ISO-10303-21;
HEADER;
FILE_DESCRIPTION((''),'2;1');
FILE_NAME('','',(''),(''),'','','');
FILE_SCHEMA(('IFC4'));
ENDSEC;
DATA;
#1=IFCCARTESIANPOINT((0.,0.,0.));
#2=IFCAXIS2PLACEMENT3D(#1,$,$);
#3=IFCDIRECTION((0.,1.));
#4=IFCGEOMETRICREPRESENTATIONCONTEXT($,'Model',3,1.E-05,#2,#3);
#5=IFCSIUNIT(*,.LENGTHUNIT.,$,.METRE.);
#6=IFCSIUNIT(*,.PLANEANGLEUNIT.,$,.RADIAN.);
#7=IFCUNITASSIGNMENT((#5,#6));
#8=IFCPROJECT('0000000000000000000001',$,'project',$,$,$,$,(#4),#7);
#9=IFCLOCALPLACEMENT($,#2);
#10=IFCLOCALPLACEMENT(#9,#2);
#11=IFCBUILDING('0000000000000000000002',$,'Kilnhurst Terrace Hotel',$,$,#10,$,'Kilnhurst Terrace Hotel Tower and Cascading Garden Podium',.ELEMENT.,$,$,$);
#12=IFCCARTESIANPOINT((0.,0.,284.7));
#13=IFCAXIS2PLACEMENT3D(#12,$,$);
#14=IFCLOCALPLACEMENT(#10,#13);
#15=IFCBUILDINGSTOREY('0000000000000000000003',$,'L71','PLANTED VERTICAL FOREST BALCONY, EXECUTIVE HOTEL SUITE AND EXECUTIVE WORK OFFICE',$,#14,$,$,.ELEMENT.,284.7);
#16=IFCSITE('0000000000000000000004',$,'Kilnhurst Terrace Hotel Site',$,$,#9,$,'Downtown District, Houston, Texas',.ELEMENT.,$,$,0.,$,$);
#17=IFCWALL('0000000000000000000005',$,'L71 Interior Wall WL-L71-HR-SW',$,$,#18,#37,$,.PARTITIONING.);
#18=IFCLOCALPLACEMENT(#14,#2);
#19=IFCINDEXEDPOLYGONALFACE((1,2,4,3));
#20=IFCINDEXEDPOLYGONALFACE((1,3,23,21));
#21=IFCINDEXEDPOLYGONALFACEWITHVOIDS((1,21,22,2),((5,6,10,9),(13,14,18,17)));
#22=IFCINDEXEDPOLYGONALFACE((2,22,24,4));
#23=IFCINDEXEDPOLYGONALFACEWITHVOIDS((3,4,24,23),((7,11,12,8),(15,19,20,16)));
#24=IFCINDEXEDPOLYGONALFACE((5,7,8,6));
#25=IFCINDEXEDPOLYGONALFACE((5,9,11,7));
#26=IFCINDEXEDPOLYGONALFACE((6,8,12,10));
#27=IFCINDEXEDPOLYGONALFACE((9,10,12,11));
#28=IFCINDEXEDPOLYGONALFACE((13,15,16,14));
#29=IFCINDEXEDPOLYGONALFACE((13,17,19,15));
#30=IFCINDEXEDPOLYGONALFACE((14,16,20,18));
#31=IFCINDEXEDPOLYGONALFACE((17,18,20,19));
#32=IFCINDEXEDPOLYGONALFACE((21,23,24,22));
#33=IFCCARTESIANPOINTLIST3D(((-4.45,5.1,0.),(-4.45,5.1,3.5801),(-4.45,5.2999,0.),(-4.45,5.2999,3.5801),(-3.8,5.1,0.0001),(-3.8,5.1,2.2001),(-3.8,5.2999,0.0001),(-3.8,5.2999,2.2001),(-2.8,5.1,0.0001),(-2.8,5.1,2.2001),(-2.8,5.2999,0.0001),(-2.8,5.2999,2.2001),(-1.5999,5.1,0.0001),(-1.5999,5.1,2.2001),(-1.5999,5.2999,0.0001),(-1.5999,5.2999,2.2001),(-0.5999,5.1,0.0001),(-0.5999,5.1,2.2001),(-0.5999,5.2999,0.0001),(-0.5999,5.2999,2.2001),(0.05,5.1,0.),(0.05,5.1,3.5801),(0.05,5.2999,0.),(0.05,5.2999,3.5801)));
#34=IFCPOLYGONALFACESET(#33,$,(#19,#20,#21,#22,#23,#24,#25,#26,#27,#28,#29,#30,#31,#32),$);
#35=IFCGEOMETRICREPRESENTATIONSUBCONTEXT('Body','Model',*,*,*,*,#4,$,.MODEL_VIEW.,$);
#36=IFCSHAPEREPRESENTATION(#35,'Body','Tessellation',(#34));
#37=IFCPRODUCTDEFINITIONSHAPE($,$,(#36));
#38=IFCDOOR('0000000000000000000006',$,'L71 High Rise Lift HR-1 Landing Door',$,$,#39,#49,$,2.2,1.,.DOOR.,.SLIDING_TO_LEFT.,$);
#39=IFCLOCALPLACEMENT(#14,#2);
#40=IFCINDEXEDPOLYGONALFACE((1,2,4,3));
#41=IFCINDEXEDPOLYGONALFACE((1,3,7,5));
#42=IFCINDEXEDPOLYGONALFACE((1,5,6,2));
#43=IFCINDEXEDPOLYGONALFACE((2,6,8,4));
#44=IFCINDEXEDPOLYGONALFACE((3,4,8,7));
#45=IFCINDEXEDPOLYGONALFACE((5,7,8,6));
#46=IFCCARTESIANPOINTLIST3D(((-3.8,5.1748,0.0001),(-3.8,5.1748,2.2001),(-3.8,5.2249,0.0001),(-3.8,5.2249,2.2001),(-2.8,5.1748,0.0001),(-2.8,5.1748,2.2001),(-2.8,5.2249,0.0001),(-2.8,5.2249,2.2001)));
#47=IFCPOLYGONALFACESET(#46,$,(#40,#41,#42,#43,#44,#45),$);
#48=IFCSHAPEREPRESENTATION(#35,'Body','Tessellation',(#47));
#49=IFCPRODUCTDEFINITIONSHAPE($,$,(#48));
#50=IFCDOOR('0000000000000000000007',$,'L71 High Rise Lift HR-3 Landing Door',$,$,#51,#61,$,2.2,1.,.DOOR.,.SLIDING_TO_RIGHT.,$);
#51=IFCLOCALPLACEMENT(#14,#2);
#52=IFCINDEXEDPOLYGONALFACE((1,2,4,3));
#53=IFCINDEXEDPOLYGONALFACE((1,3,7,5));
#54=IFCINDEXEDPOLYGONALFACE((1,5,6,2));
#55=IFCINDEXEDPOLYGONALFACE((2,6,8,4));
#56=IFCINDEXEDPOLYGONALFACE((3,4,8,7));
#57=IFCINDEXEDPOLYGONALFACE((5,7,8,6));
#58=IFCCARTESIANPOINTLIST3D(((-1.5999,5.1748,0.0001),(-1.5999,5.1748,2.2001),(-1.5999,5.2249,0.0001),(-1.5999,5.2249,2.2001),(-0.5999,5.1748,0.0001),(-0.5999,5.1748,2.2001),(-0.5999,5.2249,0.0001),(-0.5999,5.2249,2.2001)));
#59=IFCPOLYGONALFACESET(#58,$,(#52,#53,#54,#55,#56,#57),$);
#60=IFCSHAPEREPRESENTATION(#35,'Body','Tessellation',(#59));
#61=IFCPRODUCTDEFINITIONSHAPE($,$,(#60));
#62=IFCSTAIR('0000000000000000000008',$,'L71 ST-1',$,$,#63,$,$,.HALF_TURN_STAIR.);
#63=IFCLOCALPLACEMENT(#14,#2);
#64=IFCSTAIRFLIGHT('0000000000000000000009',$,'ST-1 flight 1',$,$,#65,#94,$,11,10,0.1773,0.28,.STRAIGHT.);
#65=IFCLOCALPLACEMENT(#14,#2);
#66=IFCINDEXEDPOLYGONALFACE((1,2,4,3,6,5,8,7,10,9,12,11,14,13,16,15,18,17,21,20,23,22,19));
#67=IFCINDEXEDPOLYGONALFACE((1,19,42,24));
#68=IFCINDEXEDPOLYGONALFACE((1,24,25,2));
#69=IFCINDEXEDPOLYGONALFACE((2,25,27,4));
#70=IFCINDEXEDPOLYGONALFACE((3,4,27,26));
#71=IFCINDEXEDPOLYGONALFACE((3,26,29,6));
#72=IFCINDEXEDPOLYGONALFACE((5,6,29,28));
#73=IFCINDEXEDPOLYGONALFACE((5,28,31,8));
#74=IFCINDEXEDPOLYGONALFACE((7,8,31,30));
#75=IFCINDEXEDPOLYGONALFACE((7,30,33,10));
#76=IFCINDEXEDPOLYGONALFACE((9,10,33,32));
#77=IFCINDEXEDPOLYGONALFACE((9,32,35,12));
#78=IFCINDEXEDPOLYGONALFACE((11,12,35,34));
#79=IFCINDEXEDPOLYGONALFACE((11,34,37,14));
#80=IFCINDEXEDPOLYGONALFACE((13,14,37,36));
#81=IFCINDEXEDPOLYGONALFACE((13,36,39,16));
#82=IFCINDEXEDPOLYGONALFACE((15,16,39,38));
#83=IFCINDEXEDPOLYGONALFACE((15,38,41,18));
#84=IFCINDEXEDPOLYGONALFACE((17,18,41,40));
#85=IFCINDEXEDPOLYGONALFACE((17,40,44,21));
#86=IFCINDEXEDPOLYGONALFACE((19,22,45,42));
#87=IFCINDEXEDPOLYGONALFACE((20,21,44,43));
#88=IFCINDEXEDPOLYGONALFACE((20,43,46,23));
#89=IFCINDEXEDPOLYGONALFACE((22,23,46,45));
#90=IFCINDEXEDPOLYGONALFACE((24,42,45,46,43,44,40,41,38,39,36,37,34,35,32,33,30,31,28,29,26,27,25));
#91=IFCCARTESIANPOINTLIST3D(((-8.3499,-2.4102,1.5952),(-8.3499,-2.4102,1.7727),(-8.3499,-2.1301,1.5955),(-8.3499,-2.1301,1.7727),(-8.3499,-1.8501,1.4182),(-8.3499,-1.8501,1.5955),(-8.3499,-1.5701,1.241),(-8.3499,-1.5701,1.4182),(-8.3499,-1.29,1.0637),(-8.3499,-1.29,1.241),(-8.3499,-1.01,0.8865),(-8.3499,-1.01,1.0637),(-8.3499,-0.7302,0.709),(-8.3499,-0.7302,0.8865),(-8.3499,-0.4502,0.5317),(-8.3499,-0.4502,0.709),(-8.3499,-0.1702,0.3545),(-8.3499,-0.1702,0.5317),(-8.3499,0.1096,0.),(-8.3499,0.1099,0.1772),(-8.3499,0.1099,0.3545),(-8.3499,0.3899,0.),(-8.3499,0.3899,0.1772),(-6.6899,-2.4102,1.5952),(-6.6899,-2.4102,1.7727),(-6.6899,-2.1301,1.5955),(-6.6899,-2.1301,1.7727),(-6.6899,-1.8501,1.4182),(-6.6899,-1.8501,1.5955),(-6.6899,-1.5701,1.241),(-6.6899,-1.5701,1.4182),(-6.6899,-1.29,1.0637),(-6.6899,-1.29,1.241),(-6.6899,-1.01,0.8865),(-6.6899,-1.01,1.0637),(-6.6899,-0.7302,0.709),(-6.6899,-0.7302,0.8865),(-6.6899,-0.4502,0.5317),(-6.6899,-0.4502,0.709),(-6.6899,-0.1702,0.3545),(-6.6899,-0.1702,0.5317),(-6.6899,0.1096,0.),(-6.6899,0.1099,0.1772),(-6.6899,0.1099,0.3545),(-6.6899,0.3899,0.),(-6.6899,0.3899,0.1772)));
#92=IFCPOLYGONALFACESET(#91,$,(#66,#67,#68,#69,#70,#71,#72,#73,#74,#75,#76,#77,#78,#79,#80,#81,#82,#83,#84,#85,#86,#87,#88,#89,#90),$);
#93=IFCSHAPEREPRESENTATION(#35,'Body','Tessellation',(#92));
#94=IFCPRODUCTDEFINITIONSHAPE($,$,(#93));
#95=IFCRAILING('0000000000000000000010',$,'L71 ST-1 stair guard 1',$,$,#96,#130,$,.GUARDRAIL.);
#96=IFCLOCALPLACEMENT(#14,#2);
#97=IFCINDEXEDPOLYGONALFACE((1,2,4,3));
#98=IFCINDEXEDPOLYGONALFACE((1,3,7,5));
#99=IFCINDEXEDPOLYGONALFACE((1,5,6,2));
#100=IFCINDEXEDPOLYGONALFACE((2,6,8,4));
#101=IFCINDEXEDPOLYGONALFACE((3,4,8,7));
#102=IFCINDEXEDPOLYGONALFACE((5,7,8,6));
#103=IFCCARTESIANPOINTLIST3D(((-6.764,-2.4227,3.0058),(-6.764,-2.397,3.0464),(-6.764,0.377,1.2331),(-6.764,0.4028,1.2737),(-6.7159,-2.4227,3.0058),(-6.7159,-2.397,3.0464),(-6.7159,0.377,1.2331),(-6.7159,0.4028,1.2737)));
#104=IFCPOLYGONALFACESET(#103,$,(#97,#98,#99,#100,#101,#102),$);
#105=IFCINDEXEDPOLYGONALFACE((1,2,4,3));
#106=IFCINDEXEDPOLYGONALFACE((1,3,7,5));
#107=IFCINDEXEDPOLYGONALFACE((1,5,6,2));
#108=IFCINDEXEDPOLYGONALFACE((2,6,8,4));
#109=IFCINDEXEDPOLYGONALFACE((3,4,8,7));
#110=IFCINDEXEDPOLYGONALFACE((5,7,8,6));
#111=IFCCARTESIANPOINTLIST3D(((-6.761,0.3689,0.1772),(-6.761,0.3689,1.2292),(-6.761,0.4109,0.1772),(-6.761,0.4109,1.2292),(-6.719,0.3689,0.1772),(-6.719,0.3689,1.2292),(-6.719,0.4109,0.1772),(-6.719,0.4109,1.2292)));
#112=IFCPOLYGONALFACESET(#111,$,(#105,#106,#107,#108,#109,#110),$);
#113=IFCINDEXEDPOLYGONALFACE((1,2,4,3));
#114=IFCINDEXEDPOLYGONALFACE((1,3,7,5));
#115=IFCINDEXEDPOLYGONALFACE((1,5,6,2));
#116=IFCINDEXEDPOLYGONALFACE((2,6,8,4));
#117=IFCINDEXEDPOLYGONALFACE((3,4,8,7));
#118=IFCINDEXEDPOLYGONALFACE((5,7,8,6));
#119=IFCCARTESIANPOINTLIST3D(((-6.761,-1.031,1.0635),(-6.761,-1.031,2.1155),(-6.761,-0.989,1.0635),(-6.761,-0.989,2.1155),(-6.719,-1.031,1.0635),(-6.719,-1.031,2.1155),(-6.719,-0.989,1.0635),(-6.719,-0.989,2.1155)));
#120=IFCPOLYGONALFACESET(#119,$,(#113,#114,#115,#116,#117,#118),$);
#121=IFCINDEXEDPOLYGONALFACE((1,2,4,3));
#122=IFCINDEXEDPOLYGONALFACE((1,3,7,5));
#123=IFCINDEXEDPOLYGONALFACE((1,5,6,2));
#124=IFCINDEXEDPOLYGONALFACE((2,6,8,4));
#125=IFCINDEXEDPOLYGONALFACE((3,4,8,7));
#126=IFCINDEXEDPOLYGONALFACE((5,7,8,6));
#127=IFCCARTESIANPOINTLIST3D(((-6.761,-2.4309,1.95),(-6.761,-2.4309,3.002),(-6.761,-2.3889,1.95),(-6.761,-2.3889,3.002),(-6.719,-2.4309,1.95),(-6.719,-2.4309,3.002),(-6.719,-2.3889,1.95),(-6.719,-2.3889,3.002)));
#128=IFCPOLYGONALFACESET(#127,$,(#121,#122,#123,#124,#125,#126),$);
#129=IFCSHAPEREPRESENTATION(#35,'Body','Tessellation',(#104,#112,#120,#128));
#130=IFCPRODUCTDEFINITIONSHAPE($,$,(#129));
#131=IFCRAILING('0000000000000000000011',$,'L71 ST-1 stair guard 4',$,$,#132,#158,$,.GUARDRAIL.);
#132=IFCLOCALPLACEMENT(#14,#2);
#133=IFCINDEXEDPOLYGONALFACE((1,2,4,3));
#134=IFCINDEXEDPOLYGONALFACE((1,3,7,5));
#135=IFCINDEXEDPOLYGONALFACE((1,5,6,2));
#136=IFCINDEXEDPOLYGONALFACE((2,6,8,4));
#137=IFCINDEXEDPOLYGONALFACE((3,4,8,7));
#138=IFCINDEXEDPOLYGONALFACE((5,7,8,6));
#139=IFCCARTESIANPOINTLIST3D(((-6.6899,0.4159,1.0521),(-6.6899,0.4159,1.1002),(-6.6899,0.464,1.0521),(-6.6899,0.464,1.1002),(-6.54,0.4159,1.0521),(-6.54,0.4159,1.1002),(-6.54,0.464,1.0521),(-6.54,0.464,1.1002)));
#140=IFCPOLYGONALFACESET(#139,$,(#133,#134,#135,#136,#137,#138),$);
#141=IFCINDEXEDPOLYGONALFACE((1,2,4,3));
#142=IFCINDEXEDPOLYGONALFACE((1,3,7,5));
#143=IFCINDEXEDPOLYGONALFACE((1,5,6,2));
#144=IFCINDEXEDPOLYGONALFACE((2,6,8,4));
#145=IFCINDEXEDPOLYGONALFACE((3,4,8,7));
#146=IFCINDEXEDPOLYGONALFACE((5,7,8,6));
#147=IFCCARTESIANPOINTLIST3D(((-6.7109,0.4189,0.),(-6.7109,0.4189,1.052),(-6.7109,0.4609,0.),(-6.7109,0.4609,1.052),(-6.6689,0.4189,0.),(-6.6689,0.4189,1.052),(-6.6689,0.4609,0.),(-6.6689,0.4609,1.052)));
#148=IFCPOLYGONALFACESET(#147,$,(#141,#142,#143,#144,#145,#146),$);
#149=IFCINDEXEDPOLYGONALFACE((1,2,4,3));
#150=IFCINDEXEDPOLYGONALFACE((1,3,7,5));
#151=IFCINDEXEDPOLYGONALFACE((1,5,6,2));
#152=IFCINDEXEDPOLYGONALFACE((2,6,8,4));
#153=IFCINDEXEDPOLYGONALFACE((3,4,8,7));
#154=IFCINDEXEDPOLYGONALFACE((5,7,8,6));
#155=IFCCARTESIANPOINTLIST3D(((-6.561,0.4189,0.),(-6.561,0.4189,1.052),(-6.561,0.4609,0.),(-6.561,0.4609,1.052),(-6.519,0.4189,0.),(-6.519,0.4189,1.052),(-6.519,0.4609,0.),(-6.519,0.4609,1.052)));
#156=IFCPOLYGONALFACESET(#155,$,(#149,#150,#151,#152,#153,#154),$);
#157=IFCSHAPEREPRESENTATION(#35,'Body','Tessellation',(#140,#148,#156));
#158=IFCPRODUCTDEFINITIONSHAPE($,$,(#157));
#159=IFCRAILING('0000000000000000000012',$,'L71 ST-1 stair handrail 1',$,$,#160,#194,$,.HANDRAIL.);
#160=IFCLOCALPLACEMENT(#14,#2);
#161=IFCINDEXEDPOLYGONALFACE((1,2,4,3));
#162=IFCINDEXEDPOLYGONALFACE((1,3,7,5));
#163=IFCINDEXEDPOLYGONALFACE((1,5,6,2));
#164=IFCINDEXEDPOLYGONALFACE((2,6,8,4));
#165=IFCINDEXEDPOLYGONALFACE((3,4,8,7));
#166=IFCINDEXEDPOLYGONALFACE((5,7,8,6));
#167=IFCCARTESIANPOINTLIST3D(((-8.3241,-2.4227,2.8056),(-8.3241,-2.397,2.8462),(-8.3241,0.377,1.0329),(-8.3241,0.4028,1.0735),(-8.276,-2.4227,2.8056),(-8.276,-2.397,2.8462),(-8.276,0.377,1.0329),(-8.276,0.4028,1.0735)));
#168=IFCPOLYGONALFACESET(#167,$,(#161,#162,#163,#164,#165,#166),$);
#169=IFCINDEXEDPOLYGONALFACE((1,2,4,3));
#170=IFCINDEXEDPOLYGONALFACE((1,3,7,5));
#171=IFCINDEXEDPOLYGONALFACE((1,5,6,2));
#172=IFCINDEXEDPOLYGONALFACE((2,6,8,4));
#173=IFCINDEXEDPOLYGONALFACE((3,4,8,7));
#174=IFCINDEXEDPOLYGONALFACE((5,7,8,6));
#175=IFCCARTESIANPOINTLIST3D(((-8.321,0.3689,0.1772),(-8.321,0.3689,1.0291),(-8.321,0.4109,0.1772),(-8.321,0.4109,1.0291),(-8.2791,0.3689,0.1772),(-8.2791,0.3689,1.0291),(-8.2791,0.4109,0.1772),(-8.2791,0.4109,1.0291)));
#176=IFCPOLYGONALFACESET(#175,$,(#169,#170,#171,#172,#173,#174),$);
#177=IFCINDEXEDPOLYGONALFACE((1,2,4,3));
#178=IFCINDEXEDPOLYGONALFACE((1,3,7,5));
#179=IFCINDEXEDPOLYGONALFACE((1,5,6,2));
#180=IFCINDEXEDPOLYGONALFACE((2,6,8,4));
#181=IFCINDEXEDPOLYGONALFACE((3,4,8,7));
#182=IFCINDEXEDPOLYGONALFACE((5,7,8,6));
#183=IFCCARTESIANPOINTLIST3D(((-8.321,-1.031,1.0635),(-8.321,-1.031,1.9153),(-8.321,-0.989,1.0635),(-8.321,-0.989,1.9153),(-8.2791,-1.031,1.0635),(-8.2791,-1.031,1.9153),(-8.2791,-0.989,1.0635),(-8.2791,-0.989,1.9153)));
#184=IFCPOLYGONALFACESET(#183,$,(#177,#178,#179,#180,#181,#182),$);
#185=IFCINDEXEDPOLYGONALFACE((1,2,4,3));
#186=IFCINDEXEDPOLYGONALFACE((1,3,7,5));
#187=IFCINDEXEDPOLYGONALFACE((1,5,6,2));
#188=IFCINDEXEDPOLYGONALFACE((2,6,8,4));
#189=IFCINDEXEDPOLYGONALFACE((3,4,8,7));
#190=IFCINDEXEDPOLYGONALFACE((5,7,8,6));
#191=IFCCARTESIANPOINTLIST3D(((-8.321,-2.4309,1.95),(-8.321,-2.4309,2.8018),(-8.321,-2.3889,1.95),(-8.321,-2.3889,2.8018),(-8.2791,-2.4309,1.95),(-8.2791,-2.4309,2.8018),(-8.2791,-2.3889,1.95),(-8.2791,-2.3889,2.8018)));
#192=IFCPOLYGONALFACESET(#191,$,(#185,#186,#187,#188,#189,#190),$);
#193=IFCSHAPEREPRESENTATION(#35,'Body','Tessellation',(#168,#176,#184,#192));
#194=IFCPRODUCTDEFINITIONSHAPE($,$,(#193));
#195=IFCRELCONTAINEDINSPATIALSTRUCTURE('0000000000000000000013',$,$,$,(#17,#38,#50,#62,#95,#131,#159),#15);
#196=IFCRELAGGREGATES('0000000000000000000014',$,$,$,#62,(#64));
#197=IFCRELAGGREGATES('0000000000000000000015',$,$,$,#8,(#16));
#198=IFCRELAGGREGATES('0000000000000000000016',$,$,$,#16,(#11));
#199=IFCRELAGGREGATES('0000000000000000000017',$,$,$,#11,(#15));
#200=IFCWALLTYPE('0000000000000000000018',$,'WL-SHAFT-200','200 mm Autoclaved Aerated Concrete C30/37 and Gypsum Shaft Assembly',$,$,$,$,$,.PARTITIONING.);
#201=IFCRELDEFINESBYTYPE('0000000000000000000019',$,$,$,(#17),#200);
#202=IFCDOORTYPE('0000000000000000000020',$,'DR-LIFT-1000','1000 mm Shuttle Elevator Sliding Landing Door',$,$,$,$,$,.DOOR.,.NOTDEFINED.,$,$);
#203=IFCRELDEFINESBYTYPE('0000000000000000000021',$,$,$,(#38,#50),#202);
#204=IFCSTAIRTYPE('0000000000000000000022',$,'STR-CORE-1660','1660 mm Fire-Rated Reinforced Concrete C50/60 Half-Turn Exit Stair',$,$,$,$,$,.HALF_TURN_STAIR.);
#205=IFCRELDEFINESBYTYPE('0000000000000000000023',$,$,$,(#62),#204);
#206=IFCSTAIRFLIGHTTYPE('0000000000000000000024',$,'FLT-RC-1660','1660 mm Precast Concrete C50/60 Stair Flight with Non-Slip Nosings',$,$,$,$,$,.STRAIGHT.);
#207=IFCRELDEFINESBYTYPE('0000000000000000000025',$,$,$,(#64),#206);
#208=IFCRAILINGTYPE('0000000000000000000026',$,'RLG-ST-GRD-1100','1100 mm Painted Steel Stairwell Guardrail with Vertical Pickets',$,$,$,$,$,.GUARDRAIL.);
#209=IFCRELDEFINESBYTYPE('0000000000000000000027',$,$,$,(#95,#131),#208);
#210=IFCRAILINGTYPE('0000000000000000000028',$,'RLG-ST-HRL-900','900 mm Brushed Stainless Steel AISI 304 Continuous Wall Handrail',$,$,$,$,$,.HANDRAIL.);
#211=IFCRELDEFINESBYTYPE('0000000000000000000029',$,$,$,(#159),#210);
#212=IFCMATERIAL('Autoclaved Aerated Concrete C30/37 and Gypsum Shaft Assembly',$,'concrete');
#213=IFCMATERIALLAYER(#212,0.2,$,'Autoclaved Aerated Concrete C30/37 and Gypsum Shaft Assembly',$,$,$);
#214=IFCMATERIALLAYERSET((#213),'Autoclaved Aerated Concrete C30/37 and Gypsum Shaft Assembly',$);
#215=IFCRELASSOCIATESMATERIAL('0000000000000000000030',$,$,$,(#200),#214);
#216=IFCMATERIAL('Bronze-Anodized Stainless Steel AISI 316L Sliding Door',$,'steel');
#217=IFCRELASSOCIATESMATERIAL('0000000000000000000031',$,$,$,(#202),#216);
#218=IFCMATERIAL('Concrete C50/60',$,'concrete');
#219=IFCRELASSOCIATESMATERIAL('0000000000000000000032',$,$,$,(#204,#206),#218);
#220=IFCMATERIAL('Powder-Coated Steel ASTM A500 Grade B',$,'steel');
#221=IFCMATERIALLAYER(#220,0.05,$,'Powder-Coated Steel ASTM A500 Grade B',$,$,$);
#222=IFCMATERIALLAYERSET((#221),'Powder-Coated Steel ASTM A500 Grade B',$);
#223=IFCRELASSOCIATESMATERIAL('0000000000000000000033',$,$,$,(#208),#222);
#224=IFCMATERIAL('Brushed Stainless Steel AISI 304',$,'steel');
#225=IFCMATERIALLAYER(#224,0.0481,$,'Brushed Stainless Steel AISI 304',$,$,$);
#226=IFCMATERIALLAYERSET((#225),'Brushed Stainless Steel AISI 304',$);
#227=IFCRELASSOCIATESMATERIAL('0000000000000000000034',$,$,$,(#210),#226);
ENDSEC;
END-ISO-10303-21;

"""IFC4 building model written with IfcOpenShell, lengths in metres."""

from ifc_helpers import new_model, si_unit, direction, frame, frame_2d, origin, origin_2d, place, context, subcontext, project, spatial, polyline, rectangle, outline, extrude, material, layer, layer_set, type_object, element, fill, aggregate, save


model = new_model("IFC4")

# Units and contexts
model_context = context("Model", 3, precision=1e-05, world=origin(), true_north=direction((0.0, 1.0)))
body_context = subcontext(model_context, "Body", "Model", "MODEL_VIEW")
ifc_project = project(units=[si_unit("LENGTHUNIT", "METRE"), si_unit("PLANEANGLEUNIT", "RADIAN")], contexts=[model_context])

# Site, building, storey
site_placement = place(None, origin())
site = spatial("IfcSite", under=ifc_project, at=site_placement, Name="Kilnhurst Terrace Hotel Site", LongName="Downtown District, Houston, Texas", CompositionType="ELEMENT", RefElevation=0.0)
building_placement = place(site_placement, origin())
building = spatial("IfcBuilding", under=site, at=building_placement, Name="Kilnhurst Terrace Hotel", LongName="Kilnhurst Terrace Hotel Tower and Cascading Garden Podium", CompositionType="ELEMENT")
storey_placement = place(building_placement, frame((0.0, 0.0, 284.7)))
storey = spatial("IfcBuildingStorey", under=building, at=storey_placement, Name="L71", Description="PLANTED VERTICAL FOREST BALCONY, EXECUTIVE HOTEL SUITE AND EXECUTIVE WORK OFFICE", CompositionType="ELEMENT", Elevation=284.7)

# Shared definitions
ifc_material_1 = material(Name="Concrete C50/60", Category="concrete")

# Wall, openings, doors
ifc_material_2 = material(Name="Autoclaved Aerated Concrete C30/37 and Gypsum Shaft Assembly", Category="concrete")
ifc_layer_1 = layer(ifc_material_2, 0.2, Name="Autoclaved Aerated Concrete C30/37 and Gypsum Shaft Assembly")
ifc_layer_set_1 = layer_set([ifc_layer_1], Name="Autoclaved Aerated Concrete C30/37 and Gypsum Shaft Assembly")
wall_type_1 = type_object("IfcWallType", Name="WL-SHAFT-200", Description="200 mm Autoclaved Aerated Concrete C30/37 and Gypsum Shaft Assembly", PredefinedType="PARTITIONING", material=ifc_layer_set_1)
ifc_material_3 = material(Name="Bronze-Anodized Stainless Steel AISI 316L Sliding Door", Category="steel")
wall_1_placement = place(storey_placement, frame((-4.45, 5.2, 0.0), z_axis=(0.0, 0.0, 1.0), x_axis=(1.0, 0.0, 0.0)))
wall_1 = element("IfcWall", 1, at=wall_1_placement, inside=storey, type_object=wall_type_1, Name="L71 Interior Wall WL-L71-HR-SW", PredefinedType="PARTITIONING", context=body_context, shape_type="SweptSolid", body=[
    extrude(rectangle(XDim=4.5, YDim=0.2, at=frame_2d((2.25, 0.0))), origin(), (0.0, 0.0, 1.0), 3.5801),
])
opening_1_placement = place(wall_1_placement, frame((0.6499, 0.0, 0.0)))
opening_1 = element("IfcOpeningElement", 2, at=opening_1_placement, cuts=wall_1, PredefinedType="OPENING", context=body_context, shape_type="SweptSolid", body=[
    extrude(rectangle(XDim=1.0, YDim=2.2, at=frame_2d((0.5, 1.1001))), frame((0.0, 0.1099, 0.0), z_axis=(0.0, -1.0, 0.0), x_axis=(1.0, 0.0, 0.0)), (0.0, 0.0, 1.0), 0.22),
])
opening_2_placement = place(wall_1_placement, frame((2.8501, 0.0, 0.0)))
opening_2 = element("IfcOpeningElement", 3, at=opening_2_placement, cuts=wall_1, PredefinedType="OPENING", context=body_context, shape_type="SweptSolid", body=[
    extrude(rectangle(XDim=1.0, YDim=2.2, at=frame_2d((0.5, 1.1001))), frame((0.0, 0.1099, 0.0), z_axis=(0.0, -1.0, 0.0), x_axis=(1.0, 0.0, 0.0)), (0.0, 0.0, 1.0), 0.22),
])
door_type_1 = type_object("IfcDoorType", Name="DR-LIFT-1000", Description="1000 mm Shuttle Elevator Sliding Landing Door", OperationType="NOTDEFINED", PredefinedType="DOOR", material=ifc_material_3)
door_1_placement = place(opening_1_placement, origin())
door_1 = element("IfcDoor", 4, at=door_1_placement, inside=storey, type_object=door_type_1, Name="L71 High Rise Lift HR-1 Landing Door", OperationType="SLIDING_TO_LEFT", OverallHeight=2.2, OverallWidth=1.0, PredefinedType="DOOR", context=body_context, shape_type="SweptSolid", body=[
    extrude(rectangle(XDim=1.0, YDim=2.2, at=frame_2d((0.5, 1.1001))), frame((0.0, 0.0249, 0.0), z_axis=(0.0, -1.0, 0.0), x_axis=(1.0, 0.0, 0.0)), (0.0, 0.0, 1.0), 0.05),
])
fill(opening_1, door_1)
door_2_placement = place(opening_2_placement, origin())
door_2 = element("IfcDoor", 5, at=door_2_placement, inside=storey, type_object=door_type_1, Name="L71 High Rise Lift HR-3 Landing Door", OperationType="SLIDING_TO_RIGHT", OverallHeight=2.2, OverallWidth=1.0, PredefinedType="DOOR", context=body_context, shape_type="SweptSolid", body=[
    extrude(rectangle(XDim=1.0, YDim=2.2, at=frame_2d((0.5, 1.1001))), frame((0.0, 0.0249, 0.0), z_axis=(0.0, -1.0, 0.0), x_axis=(1.0, 0.0, 0.0)), (0.0, 0.0, 1.0), 0.05),
])
fill(opening_2, door_2)

# Stair, stair flight
stair_type = type_object("IfcStairType", Name="STR-CORE-1660", Description="1660 mm Fire-Rated Reinforced Concrete C50/60 Half-Turn Exit Stair", PredefinedType="HALF_TURN_STAIR", material=ifc_material_1)
stair_placement = place(storey_placement, origin())
stair = element("IfcStair", 6, at=stair_placement, inside=storey, type_object=stair_type, Name="L71 ST-1", PredefinedType="HALF_TURN_STAIR")
stair_flight_type = type_object("IfcStairFlightType", Name="FLT-RC-1660", Description="1660 mm Precast Concrete C50/60 Stair Flight with Non-Slip Nosings", PredefinedType="STRAIGHT", material=ifc_material_1)
stair_flight_placement = place(storey_placement, frame((-7.52, 0.3899, 0.0), z_axis=(0.0, 0.0, 1.0), x_axis=(0.0, -1.0, 0.0)))
stair_flight = element("IfcStairFlight", 7, at=stair_flight_placement, type_object=stair_flight_type, Name="ST-1 flight 1", NumberOfRisers=11, NumberOfTreads=10, PredefinedType="STRAIGHT", RiserHeight=0.1773, TreadLength=0.28, context=body_context, shape_type="SweptSolid", body=[
    extrude(outline(polyline([(0.0, 0.0), (0.0, 0.1772), (0.28, 0.1772), (0.28, 0.3545), (0.5601, 0.3545), (0.5601, 0.5317), (0.8401, 0.5317), (0.8401, 0.709), (1.1201, 0.709), (1.1201, 0.8865), (1.3999, 0.8865), (1.3999, 1.0637), (1.6799, 1.0637), (1.6799, 1.241), (1.96, 1.241), (1.96, 1.4182), (2.24, 1.4182), (2.24, 1.5955), (2.52, 1.5955), (2.52, 1.7727), (2.8, 1.7727), (2.8, 1.95), (2.8, 1.5952), (0.2803, 0.0), (0.0, 0.0)])), frame((0.0, 0.8301, 0.0), z_axis=(0.0, -1.0, 0.0), x_axis=(1.0, 0.0, 0.0)), (0.0, 0.0, 1.0), 1.6599),
])
aggregate(stair, [stair_flight])

# Railings
ifc_material_4 = material(Name="Powder-Coated Steel ASTM A500 Grade B", Category="steel")
ifc_layer_2 = layer(ifc_material_4, 0.05, Name="Powder-Coated Steel ASTM A500 Grade B")
ifc_layer_set_2 = layer_set([ifc_layer_2], Name="Powder-Coated Steel ASTM A500 Grade B")
railing_type_1 = type_object("IfcRailingType", Name="RLG-ST-GRD-1100", Description="1100 mm Painted Steel Stairwell Guardrail with Vertical Pickets", PredefinedType="GUARDRAIL", material=ifc_layer_set_2)
railing_1_placement = place(storey_placement, frame((-6.74, 0.3899, 0.1772)))
element("IfcRailing", 8, at=railing_1_placement, inside=storey, type_object=railing_type_1, Name="L71 ST-1 stair guard 1", PredefinedType="GUARDRAIL", context=body_context, shape_type="SweptSolid", body=[
    extrude(rectangle(XDim=0.0481, YDim=0.0481, at=origin_2d()), frame((0.0, 0.0, 1.0762), z_axis=(0.0, -0.844888, 0.534943), x_axis=(1.0, 0.0, 0.0)), (0.0, 0.0, 1.0), 3.3137),
    extrude(rectangle(XDim=0.042, YDim=0.042, at=origin_2d()), origin(), (0.0, 0.0, 1.0), 1.052),
    extrude(rectangle(XDim=0.042, YDim=0.042, at=origin_2d()), frame((0.0, -1.3999, 0.8862)), (0.0, 0.0, 1.0), 1.052),
    extrude(rectangle(XDim=0.042, YDim=0.042, at=origin_2d()), frame((0.0, -2.7998, 1.7727)), (0.0, 0.0, 1.0), 1.052),
])
railing_2_placement = place(storey_placement, frame((-6.6899, 0.4399, 0.0)))
element("IfcRailing", 9, at=railing_2_placement, inside=storey, type_object=railing_type_1, Name="L71 ST-1 stair guard 4", PredefinedType="GUARDRAIL", context=body_context, shape_type="SweptSolid", body=[
    extrude(rectangle(XDim=0.0481, YDim=0.0481, at=origin_2d()), frame((0.0, 0.0, 1.0762), z_axis=(1.0, 0.0, 0.0), x_axis=(0.0, 1.0, 0.0)), (0.0, 0.0, 1.0), 0.1499),
    extrude(rectangle(XDim=0.042, YDim=0.042, at=origin_2d()), origin(), (0.0, 0.0, 1.0), 1.052),
    extrude(rectangle(XDim=0.042, YDim=0.042, at=origin_2d()), frame((0.1499, 0.0, 0.0)), (0.0, 0.0, 1.0), 1.052),
])
ifc_material_5 = material(Name="Brushed Stainless Steel AISI 304", Category="steel")
ifc_layer_3 = layer(ifc_material_5, 0.0481, Name="Brushed Stainless Steel AISI 304")
ifc_layer_set_3 = layer_set([ifc_layer_3], Name="Brushed Stainless Steel AISI 304")
railing_type_2 = type_object("IfcRailingType", Name="RLG-ST-HRL-900", Description="900 mm Brushed Stainless Steel AISI 304 Continuous Wall Handrail", PredefinedType="HANDRAIL", material=ifc_layer_set_3)
railing_3_placement = place(storey_placement, frame((-8.3, 0.3899, 0.1772)))
element("IfcRailing", 10, at=railing_3_placement, inside=storey, type_object=railing_type_2, Name="L71 ST-1 stair handrail 1", PredefinedType="HANDRAIL", context=body_context, shape_type="SweptSolid", body=[
    extrude(rectangle(XDim=0.0481, YDim=0.0481, at=origin_2d()), frame((0.0, 0.0, 0.876), z_axis=(0.0, -0.844888, 0.534943), x_axis=(1.0, 0.0, 0.0)), (0.0, 0.0, 1.0), 3.3137),
    extrude(rectangle(XDim=0.042, YDim=0.042, at=origin_2d()), origin(), (0.0, 0.0, 1.0), 0.8518),
    extrude(rectangle(XDim=0.042, YDim=0.042, at=origin_2d()), frame((0.0, -1.3999, 0.8862)), (0.0, 0.0, 1.0), 0.8518),
    extrude(rectangle(XDim=0.042, YDim=0.042, at=origin_2d()), frame((0.0, -2.7998, 1.7727)), (0.0, 0.0, 1.0), 0.8518),
])

save(model, "model.ifc")
